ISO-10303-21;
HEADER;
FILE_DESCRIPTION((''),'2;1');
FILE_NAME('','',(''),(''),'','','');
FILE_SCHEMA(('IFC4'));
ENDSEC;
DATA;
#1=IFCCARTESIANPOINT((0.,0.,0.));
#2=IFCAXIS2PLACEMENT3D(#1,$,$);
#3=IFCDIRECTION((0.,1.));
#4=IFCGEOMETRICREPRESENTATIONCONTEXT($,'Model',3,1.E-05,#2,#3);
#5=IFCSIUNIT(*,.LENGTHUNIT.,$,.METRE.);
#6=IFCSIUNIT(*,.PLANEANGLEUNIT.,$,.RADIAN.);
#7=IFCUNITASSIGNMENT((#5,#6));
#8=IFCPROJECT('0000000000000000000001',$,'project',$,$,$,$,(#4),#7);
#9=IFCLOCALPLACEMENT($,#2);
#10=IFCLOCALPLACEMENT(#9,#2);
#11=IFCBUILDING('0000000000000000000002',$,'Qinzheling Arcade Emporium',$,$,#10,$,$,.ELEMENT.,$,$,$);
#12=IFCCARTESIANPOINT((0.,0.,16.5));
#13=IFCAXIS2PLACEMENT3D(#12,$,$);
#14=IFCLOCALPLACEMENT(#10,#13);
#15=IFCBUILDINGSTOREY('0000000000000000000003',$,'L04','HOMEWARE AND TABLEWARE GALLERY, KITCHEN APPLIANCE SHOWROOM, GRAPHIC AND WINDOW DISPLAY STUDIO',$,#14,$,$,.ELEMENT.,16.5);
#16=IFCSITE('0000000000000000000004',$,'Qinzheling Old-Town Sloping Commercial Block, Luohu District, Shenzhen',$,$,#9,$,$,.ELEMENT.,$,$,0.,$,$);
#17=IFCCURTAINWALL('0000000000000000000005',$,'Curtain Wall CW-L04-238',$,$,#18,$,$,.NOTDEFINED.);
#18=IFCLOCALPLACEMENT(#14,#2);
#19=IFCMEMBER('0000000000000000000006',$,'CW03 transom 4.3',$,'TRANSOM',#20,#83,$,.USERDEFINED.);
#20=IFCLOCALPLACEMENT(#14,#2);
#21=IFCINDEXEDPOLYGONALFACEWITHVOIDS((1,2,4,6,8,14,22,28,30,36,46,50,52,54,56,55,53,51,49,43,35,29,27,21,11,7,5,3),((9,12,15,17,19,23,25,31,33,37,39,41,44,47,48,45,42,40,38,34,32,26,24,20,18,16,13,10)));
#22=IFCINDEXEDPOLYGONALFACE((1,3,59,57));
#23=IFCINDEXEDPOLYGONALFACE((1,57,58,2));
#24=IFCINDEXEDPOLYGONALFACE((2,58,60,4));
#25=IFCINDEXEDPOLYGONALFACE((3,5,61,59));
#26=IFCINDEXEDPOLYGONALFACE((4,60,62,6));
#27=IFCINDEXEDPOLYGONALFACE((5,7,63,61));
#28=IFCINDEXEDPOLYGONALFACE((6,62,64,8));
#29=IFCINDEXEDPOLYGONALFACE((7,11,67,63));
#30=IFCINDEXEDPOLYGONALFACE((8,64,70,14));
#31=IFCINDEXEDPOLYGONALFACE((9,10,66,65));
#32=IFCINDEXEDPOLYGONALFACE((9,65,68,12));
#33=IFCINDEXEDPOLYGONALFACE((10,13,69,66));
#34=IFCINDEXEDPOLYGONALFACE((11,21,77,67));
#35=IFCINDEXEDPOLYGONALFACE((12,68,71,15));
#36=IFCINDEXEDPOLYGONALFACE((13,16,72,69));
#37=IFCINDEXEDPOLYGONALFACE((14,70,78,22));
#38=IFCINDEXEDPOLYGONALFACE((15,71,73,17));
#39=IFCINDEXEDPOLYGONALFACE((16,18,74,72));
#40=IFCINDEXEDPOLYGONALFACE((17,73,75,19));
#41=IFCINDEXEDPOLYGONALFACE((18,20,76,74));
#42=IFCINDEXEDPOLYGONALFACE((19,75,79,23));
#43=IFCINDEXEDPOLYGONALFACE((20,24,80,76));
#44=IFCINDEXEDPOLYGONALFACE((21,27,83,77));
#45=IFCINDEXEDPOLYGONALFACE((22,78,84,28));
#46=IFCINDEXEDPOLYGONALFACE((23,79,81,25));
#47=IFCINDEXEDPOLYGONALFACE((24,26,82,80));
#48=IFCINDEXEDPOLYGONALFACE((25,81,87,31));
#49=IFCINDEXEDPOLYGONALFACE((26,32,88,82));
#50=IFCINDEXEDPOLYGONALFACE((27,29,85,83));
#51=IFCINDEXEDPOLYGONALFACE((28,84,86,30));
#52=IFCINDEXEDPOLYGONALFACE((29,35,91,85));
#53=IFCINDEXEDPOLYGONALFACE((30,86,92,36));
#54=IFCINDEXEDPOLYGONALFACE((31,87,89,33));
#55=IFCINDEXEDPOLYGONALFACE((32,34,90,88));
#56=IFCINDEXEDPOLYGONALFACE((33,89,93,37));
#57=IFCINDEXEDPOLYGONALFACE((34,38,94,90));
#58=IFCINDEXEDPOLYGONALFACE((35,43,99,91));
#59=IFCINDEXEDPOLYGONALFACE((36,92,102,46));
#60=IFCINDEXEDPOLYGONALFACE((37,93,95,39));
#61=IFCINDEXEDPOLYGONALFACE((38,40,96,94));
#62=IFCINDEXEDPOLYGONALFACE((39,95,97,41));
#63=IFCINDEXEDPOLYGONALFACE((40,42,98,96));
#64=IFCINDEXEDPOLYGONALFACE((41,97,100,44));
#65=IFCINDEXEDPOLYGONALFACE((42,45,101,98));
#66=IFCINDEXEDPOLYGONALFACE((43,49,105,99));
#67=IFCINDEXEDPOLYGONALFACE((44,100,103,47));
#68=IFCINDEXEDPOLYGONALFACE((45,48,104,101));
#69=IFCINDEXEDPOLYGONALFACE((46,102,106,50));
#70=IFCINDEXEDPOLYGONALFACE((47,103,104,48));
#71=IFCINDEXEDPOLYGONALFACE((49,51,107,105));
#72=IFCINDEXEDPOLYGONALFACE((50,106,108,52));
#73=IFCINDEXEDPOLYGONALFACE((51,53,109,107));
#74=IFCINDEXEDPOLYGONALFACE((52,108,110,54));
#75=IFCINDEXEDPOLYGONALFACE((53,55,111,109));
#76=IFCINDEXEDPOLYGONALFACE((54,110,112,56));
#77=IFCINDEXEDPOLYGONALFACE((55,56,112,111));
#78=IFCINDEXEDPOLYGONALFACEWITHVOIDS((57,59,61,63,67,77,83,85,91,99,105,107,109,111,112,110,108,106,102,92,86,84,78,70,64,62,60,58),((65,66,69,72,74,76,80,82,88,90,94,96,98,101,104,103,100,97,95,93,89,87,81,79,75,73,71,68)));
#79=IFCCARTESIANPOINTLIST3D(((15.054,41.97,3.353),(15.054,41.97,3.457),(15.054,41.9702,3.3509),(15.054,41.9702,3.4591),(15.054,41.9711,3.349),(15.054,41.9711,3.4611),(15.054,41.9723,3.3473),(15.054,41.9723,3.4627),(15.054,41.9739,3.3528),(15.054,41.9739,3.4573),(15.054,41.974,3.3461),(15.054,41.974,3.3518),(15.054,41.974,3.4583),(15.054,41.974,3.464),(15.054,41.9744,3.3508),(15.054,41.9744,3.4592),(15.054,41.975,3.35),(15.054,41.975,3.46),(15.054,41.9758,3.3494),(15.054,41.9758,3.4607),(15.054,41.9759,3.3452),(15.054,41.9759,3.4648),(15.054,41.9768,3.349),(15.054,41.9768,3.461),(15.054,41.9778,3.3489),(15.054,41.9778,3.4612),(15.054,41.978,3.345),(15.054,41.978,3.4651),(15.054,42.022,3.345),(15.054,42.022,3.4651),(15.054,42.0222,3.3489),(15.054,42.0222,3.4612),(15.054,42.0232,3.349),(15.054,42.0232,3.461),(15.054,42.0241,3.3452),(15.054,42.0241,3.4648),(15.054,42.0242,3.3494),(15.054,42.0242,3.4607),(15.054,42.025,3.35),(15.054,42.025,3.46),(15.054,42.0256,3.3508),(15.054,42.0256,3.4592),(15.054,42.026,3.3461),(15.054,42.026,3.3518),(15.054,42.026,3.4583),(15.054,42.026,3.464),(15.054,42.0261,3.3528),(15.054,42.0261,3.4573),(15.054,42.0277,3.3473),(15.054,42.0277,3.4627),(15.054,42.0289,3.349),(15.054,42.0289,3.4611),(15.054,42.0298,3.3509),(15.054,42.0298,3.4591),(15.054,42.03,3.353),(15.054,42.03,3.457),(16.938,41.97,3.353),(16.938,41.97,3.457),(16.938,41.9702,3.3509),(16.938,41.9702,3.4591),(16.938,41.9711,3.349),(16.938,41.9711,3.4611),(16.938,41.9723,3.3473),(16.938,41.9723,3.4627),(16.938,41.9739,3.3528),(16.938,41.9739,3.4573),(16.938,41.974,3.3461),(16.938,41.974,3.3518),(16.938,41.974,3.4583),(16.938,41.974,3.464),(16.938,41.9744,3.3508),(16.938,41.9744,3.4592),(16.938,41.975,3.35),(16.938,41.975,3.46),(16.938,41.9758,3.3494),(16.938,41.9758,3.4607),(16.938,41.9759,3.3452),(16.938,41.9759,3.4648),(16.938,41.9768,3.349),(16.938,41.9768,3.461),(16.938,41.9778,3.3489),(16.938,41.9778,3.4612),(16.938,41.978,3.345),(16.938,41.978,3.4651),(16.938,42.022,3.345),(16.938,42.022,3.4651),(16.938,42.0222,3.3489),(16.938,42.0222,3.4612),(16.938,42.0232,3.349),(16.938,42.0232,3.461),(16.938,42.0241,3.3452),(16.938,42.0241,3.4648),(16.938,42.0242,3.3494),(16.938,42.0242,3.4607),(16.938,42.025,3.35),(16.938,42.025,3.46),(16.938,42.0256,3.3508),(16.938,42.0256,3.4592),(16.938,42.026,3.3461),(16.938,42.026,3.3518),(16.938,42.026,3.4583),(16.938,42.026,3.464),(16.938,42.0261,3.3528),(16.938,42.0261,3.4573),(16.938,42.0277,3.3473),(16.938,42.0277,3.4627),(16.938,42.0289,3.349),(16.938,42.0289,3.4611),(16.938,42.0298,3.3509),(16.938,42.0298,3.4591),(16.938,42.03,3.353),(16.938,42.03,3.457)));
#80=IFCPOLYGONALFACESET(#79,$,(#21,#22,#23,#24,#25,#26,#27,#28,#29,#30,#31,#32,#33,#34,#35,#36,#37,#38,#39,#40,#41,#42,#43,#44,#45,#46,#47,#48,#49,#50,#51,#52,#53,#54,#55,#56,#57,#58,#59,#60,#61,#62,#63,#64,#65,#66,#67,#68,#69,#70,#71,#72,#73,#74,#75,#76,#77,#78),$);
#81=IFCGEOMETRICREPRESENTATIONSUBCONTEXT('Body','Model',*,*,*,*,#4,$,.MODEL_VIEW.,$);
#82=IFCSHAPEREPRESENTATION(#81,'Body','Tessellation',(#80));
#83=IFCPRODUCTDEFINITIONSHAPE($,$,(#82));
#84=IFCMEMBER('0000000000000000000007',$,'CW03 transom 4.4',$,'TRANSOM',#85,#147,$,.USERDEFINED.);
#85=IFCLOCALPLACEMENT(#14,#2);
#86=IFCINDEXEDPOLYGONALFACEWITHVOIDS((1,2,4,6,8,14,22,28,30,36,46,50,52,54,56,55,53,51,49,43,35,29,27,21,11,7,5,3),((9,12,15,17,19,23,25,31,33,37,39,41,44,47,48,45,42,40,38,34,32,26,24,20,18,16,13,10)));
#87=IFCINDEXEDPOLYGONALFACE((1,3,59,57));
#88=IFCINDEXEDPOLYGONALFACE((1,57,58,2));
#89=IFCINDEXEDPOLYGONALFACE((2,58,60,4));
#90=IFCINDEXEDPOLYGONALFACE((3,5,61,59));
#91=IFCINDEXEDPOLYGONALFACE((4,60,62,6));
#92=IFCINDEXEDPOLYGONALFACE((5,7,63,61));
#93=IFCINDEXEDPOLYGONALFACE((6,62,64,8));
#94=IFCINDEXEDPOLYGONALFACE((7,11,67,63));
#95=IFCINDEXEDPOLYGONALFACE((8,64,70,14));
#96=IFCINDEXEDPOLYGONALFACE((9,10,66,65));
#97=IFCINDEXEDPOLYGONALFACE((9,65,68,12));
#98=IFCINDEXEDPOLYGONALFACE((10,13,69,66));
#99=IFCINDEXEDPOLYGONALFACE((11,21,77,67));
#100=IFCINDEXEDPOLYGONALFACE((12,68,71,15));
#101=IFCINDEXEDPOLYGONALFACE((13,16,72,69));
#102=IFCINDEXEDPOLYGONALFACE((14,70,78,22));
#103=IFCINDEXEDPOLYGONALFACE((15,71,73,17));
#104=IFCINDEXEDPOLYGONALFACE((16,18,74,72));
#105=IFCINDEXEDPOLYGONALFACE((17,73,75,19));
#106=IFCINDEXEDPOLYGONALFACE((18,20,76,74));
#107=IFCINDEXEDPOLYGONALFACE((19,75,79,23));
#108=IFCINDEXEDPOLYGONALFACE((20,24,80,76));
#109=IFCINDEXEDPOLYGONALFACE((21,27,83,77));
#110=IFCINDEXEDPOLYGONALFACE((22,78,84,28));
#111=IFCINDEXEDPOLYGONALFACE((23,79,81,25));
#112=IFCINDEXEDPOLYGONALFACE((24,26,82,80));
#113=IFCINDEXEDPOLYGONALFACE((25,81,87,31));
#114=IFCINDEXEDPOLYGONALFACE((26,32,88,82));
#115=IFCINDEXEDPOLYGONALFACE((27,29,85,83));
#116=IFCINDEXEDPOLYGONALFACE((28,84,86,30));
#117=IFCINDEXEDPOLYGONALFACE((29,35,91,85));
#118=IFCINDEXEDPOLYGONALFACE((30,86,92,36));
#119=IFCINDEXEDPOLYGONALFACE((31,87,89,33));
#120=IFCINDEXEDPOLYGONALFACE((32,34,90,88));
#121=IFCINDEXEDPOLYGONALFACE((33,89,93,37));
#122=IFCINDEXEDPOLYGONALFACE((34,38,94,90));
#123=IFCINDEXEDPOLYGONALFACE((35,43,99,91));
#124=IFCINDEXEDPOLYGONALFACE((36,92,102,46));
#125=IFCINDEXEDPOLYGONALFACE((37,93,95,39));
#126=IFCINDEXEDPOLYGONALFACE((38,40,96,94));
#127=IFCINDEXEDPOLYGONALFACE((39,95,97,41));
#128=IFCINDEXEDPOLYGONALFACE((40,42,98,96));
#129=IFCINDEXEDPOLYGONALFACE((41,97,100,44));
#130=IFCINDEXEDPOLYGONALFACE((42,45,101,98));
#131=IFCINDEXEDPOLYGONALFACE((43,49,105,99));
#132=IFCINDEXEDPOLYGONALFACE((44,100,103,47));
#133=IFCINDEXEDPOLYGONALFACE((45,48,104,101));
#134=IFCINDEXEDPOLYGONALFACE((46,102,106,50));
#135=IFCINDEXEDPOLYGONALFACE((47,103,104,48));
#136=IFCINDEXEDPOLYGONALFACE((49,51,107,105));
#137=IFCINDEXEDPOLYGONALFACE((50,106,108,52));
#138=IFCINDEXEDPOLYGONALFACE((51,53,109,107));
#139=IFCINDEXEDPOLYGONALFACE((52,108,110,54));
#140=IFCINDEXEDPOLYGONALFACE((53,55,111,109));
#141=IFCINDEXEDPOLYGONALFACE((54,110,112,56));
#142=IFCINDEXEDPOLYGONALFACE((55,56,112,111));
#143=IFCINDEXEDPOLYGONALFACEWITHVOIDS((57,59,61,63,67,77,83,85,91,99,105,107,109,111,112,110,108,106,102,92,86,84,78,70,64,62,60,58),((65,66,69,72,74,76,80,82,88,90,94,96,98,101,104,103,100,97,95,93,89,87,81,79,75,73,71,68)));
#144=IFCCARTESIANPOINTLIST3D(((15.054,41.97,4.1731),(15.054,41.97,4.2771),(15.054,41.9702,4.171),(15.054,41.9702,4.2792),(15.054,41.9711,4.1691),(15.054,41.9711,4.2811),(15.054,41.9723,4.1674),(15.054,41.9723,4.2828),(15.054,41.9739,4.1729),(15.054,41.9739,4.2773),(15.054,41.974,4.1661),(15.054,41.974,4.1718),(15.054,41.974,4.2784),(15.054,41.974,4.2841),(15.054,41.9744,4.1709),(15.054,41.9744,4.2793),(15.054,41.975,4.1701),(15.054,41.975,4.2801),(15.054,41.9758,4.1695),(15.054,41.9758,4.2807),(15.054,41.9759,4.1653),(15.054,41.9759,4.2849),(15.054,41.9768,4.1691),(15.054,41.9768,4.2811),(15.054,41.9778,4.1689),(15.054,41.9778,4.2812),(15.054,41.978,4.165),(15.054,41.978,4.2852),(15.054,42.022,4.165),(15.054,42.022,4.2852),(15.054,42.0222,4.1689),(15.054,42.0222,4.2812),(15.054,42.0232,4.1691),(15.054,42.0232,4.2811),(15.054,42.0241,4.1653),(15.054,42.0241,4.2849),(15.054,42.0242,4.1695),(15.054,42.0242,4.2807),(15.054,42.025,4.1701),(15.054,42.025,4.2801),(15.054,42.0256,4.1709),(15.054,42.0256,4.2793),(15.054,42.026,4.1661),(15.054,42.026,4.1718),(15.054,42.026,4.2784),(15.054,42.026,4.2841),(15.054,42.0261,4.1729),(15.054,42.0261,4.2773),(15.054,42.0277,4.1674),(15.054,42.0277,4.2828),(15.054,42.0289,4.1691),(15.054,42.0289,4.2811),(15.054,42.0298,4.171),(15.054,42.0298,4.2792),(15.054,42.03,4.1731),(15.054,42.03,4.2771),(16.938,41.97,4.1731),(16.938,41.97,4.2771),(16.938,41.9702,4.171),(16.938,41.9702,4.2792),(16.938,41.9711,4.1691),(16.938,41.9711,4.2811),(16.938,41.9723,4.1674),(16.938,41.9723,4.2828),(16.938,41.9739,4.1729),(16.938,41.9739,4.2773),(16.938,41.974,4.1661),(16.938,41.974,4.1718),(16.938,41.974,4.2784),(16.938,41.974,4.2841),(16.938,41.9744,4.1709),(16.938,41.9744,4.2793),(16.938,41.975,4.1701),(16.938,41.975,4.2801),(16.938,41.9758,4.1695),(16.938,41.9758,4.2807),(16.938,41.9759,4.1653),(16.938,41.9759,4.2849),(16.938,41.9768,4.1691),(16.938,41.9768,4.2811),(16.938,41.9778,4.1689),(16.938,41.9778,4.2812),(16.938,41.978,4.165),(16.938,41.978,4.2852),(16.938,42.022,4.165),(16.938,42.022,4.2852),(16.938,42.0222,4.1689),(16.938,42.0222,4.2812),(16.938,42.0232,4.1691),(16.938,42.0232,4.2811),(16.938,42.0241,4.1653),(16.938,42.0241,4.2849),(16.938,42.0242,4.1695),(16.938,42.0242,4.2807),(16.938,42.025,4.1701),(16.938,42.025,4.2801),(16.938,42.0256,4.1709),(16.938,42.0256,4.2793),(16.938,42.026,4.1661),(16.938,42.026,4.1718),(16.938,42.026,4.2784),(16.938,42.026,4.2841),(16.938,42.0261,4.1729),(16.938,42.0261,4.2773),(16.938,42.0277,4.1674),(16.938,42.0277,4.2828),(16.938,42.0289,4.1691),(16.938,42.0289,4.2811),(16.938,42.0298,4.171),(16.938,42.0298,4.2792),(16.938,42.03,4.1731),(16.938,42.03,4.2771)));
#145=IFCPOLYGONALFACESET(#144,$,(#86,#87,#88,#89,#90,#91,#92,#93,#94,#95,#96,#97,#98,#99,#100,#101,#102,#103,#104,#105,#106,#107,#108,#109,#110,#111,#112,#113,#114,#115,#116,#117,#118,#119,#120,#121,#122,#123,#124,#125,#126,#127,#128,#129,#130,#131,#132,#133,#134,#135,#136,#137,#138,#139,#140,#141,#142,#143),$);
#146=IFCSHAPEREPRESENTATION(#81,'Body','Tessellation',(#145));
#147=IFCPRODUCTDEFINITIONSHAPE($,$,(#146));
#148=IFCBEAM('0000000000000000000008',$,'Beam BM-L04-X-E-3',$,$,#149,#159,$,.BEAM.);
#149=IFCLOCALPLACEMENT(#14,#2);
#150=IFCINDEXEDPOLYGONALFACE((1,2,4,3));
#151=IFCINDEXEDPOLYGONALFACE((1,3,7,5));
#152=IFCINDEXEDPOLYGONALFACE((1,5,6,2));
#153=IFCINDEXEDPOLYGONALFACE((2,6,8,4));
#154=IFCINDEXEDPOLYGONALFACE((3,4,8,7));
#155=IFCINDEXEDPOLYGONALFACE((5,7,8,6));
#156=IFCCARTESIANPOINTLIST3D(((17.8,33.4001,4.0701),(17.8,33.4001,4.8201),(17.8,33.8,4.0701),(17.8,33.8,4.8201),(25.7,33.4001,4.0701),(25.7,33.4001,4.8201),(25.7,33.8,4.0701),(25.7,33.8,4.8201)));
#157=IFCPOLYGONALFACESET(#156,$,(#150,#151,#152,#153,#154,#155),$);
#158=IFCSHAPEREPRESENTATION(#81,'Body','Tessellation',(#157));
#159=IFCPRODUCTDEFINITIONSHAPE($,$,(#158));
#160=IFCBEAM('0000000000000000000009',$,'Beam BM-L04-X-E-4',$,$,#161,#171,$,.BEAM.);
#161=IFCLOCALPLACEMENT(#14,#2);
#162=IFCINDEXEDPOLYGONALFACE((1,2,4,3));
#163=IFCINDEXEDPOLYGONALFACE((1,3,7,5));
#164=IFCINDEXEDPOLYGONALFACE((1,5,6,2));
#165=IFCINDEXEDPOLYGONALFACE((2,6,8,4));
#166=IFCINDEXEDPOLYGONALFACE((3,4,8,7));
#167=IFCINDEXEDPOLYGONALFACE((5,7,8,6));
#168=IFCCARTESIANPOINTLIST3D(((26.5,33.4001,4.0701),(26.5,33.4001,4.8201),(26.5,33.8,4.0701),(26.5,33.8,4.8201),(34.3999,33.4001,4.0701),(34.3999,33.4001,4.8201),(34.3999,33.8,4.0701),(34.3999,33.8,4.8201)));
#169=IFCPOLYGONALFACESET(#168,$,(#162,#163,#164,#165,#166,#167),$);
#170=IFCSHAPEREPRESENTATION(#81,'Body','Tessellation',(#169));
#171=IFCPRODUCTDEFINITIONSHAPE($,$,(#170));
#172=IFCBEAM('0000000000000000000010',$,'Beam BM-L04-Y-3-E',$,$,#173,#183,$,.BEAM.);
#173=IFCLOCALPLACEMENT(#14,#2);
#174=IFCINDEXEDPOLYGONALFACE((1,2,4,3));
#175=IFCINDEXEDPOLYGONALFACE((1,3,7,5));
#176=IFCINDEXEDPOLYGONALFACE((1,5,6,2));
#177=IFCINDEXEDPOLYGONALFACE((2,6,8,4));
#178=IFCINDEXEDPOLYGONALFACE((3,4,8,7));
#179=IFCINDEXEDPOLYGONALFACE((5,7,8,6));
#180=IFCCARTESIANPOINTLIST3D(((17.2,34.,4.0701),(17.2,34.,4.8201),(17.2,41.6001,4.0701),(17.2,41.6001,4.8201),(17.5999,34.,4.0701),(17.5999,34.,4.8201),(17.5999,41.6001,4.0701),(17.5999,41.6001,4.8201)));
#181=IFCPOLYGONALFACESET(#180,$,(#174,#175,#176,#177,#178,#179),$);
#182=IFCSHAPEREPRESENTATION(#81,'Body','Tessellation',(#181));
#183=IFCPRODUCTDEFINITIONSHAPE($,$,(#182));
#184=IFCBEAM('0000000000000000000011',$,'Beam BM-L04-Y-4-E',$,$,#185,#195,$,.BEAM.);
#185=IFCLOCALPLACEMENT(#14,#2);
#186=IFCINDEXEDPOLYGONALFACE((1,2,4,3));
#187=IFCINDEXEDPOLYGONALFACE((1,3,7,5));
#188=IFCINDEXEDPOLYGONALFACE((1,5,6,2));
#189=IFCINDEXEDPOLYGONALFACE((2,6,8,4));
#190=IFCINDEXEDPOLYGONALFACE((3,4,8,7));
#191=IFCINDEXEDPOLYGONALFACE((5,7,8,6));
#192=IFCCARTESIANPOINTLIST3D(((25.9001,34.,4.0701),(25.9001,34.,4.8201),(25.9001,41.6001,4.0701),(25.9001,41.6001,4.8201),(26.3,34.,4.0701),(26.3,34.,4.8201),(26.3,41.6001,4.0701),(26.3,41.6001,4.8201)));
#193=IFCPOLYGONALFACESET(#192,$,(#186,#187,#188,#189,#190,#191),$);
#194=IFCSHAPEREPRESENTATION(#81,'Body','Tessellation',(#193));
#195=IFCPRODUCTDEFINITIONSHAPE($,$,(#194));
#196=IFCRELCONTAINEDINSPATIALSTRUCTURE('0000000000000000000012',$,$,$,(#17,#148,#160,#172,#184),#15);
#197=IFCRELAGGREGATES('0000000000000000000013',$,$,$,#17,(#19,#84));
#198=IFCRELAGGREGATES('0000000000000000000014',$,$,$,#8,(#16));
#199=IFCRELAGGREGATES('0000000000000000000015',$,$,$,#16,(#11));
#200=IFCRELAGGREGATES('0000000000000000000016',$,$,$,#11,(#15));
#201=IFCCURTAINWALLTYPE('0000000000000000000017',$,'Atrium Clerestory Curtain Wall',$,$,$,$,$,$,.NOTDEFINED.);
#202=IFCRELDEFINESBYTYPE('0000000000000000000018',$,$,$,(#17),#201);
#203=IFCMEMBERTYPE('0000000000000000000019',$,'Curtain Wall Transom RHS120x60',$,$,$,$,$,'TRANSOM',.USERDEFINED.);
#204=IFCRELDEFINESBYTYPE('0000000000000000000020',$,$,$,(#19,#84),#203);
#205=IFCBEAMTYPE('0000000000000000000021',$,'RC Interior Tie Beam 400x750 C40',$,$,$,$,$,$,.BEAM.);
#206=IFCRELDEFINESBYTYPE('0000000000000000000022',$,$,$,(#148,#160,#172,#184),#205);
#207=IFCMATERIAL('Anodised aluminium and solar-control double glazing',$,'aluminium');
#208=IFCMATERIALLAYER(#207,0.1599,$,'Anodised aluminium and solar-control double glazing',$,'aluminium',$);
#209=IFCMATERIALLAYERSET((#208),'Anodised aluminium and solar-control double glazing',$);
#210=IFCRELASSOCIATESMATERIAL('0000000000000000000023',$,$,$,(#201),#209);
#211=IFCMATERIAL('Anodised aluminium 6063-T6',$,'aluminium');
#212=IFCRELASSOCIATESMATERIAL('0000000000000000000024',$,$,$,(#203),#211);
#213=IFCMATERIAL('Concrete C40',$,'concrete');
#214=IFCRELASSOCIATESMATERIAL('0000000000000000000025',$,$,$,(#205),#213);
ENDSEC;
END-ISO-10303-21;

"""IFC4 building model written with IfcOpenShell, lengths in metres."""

from ifc_helpers import new_model, si_unit, direction, frame, origin, origin_2d, place, context, subcontext, project, spatial, rectangle, hollow_rectangle, extrude, material, layer, layer_set, material_profile, profile_set, type_object, element, aggregate, save


model = new_model("IFC4")

# Units and contexts
model_context = context("Model", 3, precision=1e-05, world=origin(), true_north=direction((0.0, 1.0)))
body_context = subcontext(model_context, "Body", "Model", "MODEL_VIEW")
ifc_project = project(units=[si_unit("LENGTHUNIT", "METRE"), si_unit("PLANEANGLEUNIT", "RADIAN")], contexts=[model_context])

# Site, building, storey
site_placement = place(None, origin())
site = spatial("IfcSite", under=ifc_project, at=site_placement, Name="Qinzheling Old-Town Sloping Commercial Block, Luohu District, Shenzhen", CompositionType="ELEMENT", RefElevation=0.0)
building_placement = place(site_placement, origin())
building = spatial("IfcBuilding", under=site, at=building_placement, Name="Qinzheling Arcade Emporium", CompositionType="ELEMENT")
storey_placement = place(building_placement, frame((0.0, 0.0, 16.5)))
storey = spatial("IfcBuildingStorey", under=building, at=storey_placement, Name="L04", Description="HOMEWARE AND TABLEWARE GALLERY, KITCHEN APPLIANCE SHOWROOM, GRAPHIC AND WINDOW DISPLAY STUDIO", CompositionType="ELEMENT", Elevation=16.5)

# Shared definitions
ifc_material_1 = material(Name="Concrete C40", Category="concrete")

# Curtain wall, members
ifc_material_2 = material(Name="Anodised aluminium and solar-control double glazing", Category="aluminium")
ifc_layer_1 = layer(ifc_material_2, 0.1599, Name="Anodised aluminium and solar-control double glazing", Category="aluminium")
ifc_layer_set_1 = layer_set([ifc_layer_1], Name="Anodised aluminium and solar-control double glazing")
curtain_wall_type = type_object("IfcCurtainWallType", Name="Atrium Clerestory Curtain Wall", PredefinedType="NOTDEFINED", material=ifc_layer_set_1)
curtain_wall_placement = place(storey_placement, origin())
curtain_wall = element("IfcCurtainWall", 1, at=curtain_wall_placement, inside=storey, type_object=curtain_wall_type, Name="Curtain Wall CW-L04-238", PredefinedType="NOTDEFINED")
ifc_material_3 = material(Name="Anodised aluminium 6063-T6", Category="aluminium")
ifc_material_profile_1 = material_profile(ifc_material_3, hollow_rectangle(XDim=0.0601, YDim=0.1201, WallThickness=0.0039, InnerFilletRadius=0.0039, OuterFilletRadius=0.0081, at=origin_2d()), Name="RHS 120x60x4", Category="aluminium")
ifc_profile_set_1 = profile_set([ifc_material_profile_1], Name="Anodised aluminium 6063-T6")
member_type_1 = type_object("IfcMemberType", Name="Curtain Wall Transom RHS120x60", ElementType="TRANSOM", PredefinedType="USERDEFINED", material=ifc_profile_set_1)
member_1_placement = place(storey_placement, frame((15.054, 42.0, 3.405), z_axis=(1.0, 0.0, 0.0), x_axis=(0.0, 1.0, 0.0)))
member_1 = element("IfcMember", 2, at=member_1_placement, type_object=member_type_1, Name="CW03 transom 4.3", ObjectType="TRANSOM", PredefinedType="USERDEFINED", context=body_context, shape_type="SweptSolid", body=[
    extrude(hollow_rectangle(XDim=0.0601, YDim=0.1201, WallThickness=0.0039, InnerFilletRadius=0.0039, OuterFilletRadius=0.0081, at=origin_2d()), origin(), (0.0, 0.0, 1.0), 1.884),
])
member_2_placement = place(storey_placement, frame((15.054, 42.0, 4.2251), z_axis=(1.0, 0.0, 0.0), x_axis=(0.0, 1.0, 0.0)))
member_2 = element("IfcMember", 3, at=member_2_placement, type_object=member_type_1, Name="CW03 transom 4.4", ObjectType="TRANSOM", PredefinedType="USERDEFINED", context=body_context, shape_type="SweptSolid", body=[
    extrude(hollow_rectangle(XDim=0.0601, YDim=0.1201, WallThickness=0.0039, InnerFilletRadius=0.0039, OuterFilletRadius=0.0081, at=origin_2d()), origin(), (0.0, 0.0, 1.0), 1.884),
])

# Beams
ifc_material_profile_2 = material_profile(ifc_material_1, rectangle(XDim=0.3999, YDim=0.75, at=origin_2d()), Name="RC 400x750", Category="concrete")
ifc_profile_set_2 = profile_set([ifc_material_profile_2], Name="Concrete C40")
beam_type = type_object("IfcBeamType", Name="RC Interior Tie Beam 400x750 C40", PredefinedType="BEAM", material=ifc_profile_set_2)
for number, where, z_axis, x_axis, name in (
    (4, (17.8, 33.6001, 4.4451), (1.0, 0.0, 0.0), (0.0, 1.0, 0.0), "Beam BM-L04-X-E-3"),
    (5, (26.5, 33.6001, 4.4451), (1.0, 0.0, 0.0), (0.0, 1.0, 0.0), "Beam BM-L04-X-E-4"),
):
    element("IfcBeam", number, at=place(storey_placement, frame(where, z_axis=z_axis, x_axis=x_axis)), inside=storey, type_object=beam_type, Name=name, PredefinedType="BEAM", context=body_context, shape_type="SweptSolid", body=[
        extrude(rectangle(XDim=0.3999, YDim=0.75, at=origin_2d()), origin(), (0.0, 0.0, 1.0), 7.8999),
    ])
for number, where, z_axis, x_axis, name in (
    (6, (17.3999, 34.0, 4.4451), (0.0, 1.0, 0.0), (-1.0, 0.0, 0.0), "Beam BM-L04-Y-3-E"),
    (7, (26.1001, 34.0, 4.4451), (0.0, 1.0, 0.0), (-1.0, 0.0, 0.0), "Beam BM-L04-Y-4-E"),
):
    element("IfcBeam", number, at=place(storey_placement, frame(where, z_axis=z_axis, x_axis=x_axis)), inside=storey, type_object=beam_type, Name=name, PredefinedType="BEAM", context=body_context, shape_type="SweptSolid", body=[
        extrude(rectangle(XDim=0.3999, YDim=0.75, at=origin_2d()), origin(), (0.0, 0.0, 1.0), 7.6001),
    ])

aggregate(curtain_wall, [member_1, member_2])

save(model, "model.ifc")
